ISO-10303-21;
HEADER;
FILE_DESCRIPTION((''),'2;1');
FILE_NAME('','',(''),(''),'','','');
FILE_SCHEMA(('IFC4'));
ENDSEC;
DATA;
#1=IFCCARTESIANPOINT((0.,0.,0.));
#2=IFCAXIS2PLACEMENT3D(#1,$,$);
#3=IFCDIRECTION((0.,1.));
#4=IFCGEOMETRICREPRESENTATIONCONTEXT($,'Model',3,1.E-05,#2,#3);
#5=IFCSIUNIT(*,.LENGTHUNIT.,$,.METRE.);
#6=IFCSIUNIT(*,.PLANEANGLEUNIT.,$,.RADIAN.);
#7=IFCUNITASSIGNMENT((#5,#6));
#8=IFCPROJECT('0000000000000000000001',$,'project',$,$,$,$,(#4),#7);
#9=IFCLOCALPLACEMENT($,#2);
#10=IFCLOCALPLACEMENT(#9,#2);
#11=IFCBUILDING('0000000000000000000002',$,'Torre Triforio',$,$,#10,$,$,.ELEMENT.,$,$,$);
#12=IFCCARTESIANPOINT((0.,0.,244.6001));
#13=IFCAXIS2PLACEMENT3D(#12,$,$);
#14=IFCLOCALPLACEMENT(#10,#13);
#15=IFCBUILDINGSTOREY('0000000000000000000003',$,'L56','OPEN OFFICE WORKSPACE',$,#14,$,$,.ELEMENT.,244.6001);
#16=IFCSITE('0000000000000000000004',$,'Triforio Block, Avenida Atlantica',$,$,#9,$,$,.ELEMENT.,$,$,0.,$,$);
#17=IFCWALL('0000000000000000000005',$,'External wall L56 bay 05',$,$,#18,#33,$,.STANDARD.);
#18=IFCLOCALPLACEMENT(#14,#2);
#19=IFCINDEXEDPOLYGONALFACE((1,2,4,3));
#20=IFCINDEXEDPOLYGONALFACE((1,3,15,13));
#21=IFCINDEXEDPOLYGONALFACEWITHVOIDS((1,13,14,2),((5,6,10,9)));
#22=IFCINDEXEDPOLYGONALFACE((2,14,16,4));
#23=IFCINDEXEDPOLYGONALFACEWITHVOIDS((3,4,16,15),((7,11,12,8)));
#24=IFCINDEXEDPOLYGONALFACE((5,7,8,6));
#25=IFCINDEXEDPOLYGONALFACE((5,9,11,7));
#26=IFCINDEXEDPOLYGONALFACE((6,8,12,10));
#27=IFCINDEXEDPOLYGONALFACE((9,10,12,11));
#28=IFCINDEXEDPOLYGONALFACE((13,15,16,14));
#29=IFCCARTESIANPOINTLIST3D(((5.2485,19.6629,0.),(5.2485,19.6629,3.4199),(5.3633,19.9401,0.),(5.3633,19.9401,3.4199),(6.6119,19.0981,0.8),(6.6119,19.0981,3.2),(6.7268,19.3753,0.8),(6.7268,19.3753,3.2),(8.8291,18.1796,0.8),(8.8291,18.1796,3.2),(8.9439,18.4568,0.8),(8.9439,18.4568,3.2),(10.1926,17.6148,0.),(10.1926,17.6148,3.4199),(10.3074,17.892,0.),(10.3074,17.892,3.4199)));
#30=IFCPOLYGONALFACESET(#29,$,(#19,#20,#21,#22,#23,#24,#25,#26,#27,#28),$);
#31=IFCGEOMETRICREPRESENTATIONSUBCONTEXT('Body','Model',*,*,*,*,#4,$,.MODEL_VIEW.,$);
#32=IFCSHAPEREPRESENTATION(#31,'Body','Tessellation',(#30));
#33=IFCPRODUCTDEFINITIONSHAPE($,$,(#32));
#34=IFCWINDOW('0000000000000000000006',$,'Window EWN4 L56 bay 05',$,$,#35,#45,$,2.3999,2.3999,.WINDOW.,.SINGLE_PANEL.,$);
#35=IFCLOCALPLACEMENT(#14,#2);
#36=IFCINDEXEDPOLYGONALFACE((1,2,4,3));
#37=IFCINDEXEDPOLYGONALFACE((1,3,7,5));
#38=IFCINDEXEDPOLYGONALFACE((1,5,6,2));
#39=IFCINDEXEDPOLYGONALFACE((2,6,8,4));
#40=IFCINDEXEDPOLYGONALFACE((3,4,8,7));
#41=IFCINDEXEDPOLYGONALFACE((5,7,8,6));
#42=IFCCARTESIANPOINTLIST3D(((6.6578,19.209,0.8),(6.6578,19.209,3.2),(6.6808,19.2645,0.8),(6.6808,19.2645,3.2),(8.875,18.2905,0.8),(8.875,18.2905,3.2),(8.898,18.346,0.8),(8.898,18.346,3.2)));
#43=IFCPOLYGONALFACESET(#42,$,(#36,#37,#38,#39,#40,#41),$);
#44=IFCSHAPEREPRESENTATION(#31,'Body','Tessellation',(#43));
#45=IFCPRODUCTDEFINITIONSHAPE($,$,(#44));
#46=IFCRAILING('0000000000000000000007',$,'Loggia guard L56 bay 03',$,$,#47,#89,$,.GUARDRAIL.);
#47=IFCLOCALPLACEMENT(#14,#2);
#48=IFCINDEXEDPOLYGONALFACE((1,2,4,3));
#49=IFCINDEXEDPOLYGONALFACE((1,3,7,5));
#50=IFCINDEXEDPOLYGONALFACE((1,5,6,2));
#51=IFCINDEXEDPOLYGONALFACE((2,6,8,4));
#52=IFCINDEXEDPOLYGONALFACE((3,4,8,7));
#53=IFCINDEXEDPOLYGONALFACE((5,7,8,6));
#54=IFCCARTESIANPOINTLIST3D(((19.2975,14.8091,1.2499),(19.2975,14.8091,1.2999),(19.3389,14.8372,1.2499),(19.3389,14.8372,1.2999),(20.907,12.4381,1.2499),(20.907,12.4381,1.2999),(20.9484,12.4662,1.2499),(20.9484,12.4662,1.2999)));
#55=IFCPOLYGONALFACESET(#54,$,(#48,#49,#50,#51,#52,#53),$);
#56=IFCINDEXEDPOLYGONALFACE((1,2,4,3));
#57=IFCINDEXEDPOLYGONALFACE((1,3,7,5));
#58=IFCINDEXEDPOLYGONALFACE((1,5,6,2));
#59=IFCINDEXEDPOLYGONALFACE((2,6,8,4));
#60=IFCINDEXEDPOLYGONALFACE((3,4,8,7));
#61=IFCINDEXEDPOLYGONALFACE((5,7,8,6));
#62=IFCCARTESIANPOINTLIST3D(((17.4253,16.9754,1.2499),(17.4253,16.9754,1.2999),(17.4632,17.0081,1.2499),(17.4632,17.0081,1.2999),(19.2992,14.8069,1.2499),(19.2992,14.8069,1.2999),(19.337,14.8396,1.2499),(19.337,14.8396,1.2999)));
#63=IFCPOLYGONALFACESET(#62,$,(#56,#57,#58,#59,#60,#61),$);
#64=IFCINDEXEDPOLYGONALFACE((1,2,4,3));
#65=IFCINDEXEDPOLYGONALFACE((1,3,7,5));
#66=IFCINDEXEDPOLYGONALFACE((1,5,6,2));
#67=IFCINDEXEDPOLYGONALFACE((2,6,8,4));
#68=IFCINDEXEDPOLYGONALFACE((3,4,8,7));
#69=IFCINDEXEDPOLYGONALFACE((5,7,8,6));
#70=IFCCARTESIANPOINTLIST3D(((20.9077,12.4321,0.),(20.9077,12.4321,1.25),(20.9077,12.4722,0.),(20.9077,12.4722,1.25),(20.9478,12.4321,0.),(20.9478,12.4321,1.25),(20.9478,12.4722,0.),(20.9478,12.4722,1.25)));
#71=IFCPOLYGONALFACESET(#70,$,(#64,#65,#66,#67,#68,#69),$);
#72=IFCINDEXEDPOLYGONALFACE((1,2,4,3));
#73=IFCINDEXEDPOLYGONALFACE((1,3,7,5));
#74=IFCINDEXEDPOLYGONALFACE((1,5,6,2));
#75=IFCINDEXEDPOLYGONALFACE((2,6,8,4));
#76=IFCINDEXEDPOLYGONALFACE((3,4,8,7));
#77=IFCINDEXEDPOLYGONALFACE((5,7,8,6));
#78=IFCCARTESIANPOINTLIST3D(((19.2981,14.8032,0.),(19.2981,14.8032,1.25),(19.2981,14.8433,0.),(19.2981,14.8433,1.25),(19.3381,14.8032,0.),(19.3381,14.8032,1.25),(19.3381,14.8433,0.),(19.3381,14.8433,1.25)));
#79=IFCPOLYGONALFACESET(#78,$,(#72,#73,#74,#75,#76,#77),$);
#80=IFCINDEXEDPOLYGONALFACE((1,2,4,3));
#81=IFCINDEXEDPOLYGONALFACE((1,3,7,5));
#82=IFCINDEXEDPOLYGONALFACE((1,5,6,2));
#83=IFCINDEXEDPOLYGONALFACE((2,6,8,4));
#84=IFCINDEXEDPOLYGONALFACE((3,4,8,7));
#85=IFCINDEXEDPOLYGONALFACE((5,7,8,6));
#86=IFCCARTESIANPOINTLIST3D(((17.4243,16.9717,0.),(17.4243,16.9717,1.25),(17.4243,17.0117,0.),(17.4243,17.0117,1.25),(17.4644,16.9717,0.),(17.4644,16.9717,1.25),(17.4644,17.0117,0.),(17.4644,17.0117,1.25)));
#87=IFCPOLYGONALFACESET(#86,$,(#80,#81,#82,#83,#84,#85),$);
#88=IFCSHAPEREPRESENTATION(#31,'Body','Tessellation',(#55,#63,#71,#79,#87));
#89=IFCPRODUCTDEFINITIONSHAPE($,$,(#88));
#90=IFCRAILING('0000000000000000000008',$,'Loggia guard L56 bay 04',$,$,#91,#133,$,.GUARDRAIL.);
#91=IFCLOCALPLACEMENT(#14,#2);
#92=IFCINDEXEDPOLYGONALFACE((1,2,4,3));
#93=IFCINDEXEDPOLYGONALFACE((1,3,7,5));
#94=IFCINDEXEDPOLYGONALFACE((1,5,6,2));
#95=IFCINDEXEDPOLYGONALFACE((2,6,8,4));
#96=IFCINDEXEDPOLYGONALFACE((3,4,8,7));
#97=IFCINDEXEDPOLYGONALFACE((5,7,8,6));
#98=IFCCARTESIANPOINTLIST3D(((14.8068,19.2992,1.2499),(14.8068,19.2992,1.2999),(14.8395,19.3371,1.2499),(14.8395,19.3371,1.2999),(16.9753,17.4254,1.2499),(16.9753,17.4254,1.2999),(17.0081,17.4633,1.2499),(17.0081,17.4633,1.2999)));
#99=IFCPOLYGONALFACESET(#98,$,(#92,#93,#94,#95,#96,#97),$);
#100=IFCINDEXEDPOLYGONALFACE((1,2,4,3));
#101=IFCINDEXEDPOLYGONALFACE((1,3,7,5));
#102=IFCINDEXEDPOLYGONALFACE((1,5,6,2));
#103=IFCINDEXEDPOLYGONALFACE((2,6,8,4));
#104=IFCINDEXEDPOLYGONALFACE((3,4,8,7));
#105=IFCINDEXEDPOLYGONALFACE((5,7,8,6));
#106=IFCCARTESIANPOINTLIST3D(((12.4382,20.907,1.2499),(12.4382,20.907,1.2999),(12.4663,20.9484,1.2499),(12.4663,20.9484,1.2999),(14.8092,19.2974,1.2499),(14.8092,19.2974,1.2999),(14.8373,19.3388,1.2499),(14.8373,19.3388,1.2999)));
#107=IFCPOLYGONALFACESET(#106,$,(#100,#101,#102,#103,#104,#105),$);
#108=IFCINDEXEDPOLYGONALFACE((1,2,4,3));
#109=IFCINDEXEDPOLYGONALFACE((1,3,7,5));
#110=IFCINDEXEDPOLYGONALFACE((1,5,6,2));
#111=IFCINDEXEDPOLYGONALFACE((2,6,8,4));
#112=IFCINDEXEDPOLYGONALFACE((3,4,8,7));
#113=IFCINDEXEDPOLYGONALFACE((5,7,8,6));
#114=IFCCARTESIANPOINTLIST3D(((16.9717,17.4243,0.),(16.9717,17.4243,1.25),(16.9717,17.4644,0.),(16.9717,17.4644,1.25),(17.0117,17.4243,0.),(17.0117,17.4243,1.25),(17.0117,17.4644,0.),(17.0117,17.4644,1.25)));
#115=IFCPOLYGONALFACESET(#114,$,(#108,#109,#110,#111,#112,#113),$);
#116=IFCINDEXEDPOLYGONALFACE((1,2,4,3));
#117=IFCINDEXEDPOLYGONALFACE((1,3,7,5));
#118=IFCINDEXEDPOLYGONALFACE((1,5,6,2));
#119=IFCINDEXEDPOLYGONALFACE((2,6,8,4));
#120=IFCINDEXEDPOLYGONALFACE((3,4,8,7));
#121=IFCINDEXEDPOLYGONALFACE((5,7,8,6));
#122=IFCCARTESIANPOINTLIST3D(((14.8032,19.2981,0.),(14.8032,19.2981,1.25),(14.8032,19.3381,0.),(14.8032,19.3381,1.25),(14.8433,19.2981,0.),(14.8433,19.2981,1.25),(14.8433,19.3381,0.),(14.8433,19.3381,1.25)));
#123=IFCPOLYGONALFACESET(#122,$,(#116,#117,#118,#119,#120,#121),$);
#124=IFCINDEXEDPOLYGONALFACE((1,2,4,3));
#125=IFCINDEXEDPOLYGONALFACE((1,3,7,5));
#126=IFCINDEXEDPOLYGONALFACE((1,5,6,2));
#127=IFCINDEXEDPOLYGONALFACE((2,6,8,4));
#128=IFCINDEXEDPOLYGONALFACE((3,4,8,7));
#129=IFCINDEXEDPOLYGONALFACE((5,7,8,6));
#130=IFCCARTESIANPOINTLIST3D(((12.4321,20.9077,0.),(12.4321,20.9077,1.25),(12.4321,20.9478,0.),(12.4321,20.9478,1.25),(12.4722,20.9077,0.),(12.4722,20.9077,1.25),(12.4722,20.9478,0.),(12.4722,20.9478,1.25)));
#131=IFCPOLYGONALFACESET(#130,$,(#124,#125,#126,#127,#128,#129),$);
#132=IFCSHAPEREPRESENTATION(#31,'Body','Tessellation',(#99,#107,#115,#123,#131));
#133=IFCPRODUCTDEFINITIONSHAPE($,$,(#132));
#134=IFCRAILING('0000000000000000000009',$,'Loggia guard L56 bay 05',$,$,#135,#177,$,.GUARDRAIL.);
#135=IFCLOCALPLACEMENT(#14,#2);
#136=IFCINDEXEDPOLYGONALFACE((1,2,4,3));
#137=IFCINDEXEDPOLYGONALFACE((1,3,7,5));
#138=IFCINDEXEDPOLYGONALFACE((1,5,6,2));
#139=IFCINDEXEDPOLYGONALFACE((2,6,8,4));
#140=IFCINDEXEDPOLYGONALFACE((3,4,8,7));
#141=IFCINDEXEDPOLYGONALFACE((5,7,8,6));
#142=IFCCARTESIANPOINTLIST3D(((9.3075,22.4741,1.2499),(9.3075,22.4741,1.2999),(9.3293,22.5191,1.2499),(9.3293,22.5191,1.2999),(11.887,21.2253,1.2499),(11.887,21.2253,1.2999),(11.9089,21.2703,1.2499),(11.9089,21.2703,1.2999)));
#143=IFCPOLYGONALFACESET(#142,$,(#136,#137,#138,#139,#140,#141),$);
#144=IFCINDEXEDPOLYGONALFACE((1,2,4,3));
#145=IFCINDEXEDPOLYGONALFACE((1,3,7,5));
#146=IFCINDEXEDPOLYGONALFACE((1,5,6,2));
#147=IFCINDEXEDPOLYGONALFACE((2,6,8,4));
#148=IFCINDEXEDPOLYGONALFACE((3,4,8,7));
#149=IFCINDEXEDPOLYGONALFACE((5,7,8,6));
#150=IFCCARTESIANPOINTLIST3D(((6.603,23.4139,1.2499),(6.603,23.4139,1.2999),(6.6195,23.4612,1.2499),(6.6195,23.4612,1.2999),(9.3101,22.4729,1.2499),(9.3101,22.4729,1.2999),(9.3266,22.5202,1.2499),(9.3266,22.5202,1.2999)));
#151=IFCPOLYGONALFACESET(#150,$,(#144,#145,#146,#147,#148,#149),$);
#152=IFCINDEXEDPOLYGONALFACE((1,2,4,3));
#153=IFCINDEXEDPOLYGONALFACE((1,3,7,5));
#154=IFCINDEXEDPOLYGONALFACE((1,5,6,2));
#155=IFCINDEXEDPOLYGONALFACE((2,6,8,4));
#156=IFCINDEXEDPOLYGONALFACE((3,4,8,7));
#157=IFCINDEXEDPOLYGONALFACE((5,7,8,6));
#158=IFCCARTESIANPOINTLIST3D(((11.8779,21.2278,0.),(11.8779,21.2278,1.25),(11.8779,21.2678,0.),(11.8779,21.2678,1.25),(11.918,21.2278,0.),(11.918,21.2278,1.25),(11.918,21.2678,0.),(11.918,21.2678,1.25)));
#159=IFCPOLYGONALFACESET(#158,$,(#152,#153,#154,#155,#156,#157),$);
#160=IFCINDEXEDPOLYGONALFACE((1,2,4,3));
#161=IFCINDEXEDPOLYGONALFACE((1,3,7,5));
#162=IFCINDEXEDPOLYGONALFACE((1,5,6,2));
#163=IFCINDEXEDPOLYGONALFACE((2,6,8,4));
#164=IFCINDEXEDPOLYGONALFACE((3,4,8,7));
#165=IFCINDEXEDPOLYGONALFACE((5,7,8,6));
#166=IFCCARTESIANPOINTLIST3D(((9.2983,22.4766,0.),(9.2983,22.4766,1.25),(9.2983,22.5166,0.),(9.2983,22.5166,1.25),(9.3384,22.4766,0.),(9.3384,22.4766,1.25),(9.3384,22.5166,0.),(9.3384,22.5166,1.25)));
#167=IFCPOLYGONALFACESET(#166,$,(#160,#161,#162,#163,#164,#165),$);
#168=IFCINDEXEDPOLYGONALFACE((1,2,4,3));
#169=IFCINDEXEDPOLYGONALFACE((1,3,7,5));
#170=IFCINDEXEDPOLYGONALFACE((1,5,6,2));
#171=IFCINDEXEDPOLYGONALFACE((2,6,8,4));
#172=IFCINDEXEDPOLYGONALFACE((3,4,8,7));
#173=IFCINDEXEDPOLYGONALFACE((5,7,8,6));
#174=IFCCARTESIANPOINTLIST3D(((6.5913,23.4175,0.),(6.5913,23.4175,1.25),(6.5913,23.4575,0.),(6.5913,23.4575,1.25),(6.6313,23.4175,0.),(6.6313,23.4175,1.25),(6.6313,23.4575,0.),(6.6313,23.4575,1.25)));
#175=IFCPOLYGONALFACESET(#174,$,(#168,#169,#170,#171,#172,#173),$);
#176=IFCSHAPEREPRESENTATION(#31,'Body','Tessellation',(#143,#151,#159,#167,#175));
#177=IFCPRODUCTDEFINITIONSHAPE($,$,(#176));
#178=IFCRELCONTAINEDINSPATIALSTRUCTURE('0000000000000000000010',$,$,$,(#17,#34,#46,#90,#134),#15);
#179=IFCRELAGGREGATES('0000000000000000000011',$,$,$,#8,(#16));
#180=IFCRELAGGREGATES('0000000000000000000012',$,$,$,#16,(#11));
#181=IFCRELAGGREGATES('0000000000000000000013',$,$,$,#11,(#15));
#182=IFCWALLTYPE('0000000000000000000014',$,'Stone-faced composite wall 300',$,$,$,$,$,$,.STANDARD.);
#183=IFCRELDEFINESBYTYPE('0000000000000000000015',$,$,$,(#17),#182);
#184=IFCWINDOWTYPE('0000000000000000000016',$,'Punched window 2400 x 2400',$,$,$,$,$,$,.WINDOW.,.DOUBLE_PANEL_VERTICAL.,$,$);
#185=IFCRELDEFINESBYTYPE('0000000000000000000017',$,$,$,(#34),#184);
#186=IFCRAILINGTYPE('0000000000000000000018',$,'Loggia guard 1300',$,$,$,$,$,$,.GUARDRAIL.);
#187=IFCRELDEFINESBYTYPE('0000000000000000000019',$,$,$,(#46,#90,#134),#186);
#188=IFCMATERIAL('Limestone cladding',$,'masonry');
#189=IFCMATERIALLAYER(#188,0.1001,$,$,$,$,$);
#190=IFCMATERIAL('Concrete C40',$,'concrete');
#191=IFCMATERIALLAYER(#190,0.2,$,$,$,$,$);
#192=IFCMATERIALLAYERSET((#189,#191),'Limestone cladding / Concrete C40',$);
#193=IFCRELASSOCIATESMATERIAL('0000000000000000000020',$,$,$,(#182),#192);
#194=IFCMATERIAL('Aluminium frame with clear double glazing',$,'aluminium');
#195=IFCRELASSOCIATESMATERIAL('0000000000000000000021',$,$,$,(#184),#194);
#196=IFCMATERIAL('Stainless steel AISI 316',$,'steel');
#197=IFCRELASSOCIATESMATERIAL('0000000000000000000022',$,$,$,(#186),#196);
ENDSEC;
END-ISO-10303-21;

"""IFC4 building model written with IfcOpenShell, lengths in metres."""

from ifc_helpers import new_model, si_unit, direction, frame, frame_2d, origin, origin_2d, place, context, subcontext, project, spatial, rectangle, extrude, material, layer, layer_set, type_object, element, fill, save


model = new_model("IFC4")

# Units and contexts
model_context = context("Model", 3, precision=1e-05, world=origin(), true_north=direction((0.0, 1.0)))
body_context = subcontext(model_context, "Body", "Model", "MODEL_VIEW")
ifc_project = project(units=[si_unit("LENGTHUNIT", "METRE"), si_unit("PLANEANGLEUNIT", "RADIAN")], contexts=[model_context])

# Site, building, storey
site_placement = place(None, origin())
site = spatial("IfcSite", under=ifc_project, at=site_placement, Name="Triforio Block, Avenida Atlantica", CompositionType="ELEMENT", RefElevation=0.0)
building_placement = place(site_placement, origin())
building = spatial("IfcBuilding", under=site, at=building_placement, Name="Torre Triforio", CompositionType="ELEMENT")
storey_placement = place(building_placement, frame((0.0, 0.0, 244.6001)))
storey = spatial("IfcBuildingStorey", under=building, at=storey_placement, Name="L56", Description="OPEN OFFICE WORKSPACE", CompositionType="ELEMENT", Elevation=244.6001)

# Shared definitions
ifc_material_1 = material(Name="Concrete C40", Category="concrete")

# Shared definitions
ifc_material_2 = material(Name="Limestone cladding", Category="masonry")

# Shared definitions
ifc_layer_1 = layer(ifc_material_2, 0.1001)
ifc_layer_2 = layer(ifc_material_1, 0.2)
ifc_layer_set_1 = layer_set([ifc_layer_1, ifc_layer_2], Name="Limestone cladding / Concrete C40")
wall_type_1 = type_object("IfcWallType", Name="Stone-faced composite wall 300", PredefinedType="STANDARD", material=ifc_layer_set_1)
ifc_material_3 = material(Name="Aluminium frame with clear double glazing", Category="aluminium")
window_type_1 = type_object("IfcWindowType", Name="Punched window 2400 x 2400", PartitioningType="DOUBLE_PANEL_VERTICAL", PredefinedType="WINDOW", material=ifc_material_3)

# Wall, opening, window
wall_1_placement = place(storey_placement, frame((10.25, 17.7534, 0.0), z_axis=(0.0, 0.0, 1.0), x_axis=(-0.923867, 0.382713, 0.0)))
wall_1 = element("IfcWall", 1, at=wall_1_placement, inside=storey, type_object=wall_type_1, Name="External wall L56 bay 05", PredefinedType="STANDARD", context=body_context, shape_type="SweptSolid", body=[
    extrude(rectangle(XDim=5.3516, YDim=0.3, at=frame_2d((2.6758, 0.0))), origin(), (0.0, 0.0, 1.0), 3.4199),
])
opening_1_placement = place(wall_1_placement, frame((1.4758, 0.0, 0.8)))
opening_1 = element("IfcOpeningElement", 2, at=opening_1_placement, cuts=wall_1, PredefinedType="OPENING", context=body_context, shape_type="SweptSolid", body=[
    extrude(rectangle(XDim=2.3999, YDim=2.3999, at=frame_2d((1.2, 1.2))), frame((0.0, 0.1599, 0.0), z_axis=(0.0, -1.0, 0.0), x_axis=(1.0, 0.0, 0.0)), (0.0, 0.0, 1.0), 0.3201),
])
window_1_placement = place(opening_1_placement, origin())
window_1 = element("IfcWindow", 3, at=window_1_placement, inside=storey, type_object=window_type_1, Name="Window EWN4 L56 bay 05", OverallHeight=2.3999, OverallWidth=2.3999, PartitioningType="SINGLE_PANEL", PredefinedType="WINDOW", context=body_context, shape_type="SweptSolid", body=[
    extrude(rectangle(XDim=2.3999, YDim=2.3999, at=frame_2d((1.2, 1.2))), frame((0.0, 0.03, 0.0), z_axis=(0.0, -1.0, 0.0), x_axis=(1.0, 0.0, 0.0)), (0.0, 0.0, 1.0), 0.0601),
])
fill(opening_1, window_1)

# Railings
ifc_material_4 = material(Name="Stainless steel AISI 316", Category="steel")
railing_type = type_object("IfcRailingType", Name="Loggia guard 1300", PredefinedType="GUARDRAIL", material=ifc_material_4)
railing_1_placement = place(storey_placement, frame((20.9277, 12.4521, 0.0)))
element("IfcRailing", 4, at=railing_1_placement, inside=storey, type_object=railing_type, Name="Loggia guard L56 bay 03", PredefinedType="GUARDRAIL", context=body_context, shape_type="SweptSolid", body=[
    extrude(rectangle(XDim=0.05, YDim=0.05, at=origin_2d()), frame((0.0, 0.0, 1.2749), z_axis=(-0.56166, 0.827368, 0.0), x_axis=(-0.827368, -0.56166, 0.0)), (0.0, 0.0, 1.0), 2.8657),
    extrude(rectangle(XDim=0.05, YDim=0.05, at=origin_2d()), frame((-1.6096, 2.3711, 1.2749), z_axis=(-0.653824, 0.756647, 0.0), x_axis=(-0.756647, -0.653824, 0.0)), (0.0, 0.0, 1.0), 2.866),
    extrude(rectangle(XDim=0.04, YDim=0.04, at=origin_2d()), origin(), (0.0, 0.0, 1.0), 1.25),
    extrude(rectangle(XDim=0.04, YDim=0.04, at=origin_2d()), frame((-1.6096, 2.3711, 0.0)), (0.0, 0.0, 1.0), 1.25),
    extrude(rectangle(XDim=0.04, YDim=0.04, at=origin_2d()), frame((-3.4834, 4.5396, 0.0)), (0.0, 0.0, 1.0), 1.25),
])
railing_2_placement = place(storey_placement, frame((16.9917, 17.4443, 0.0)))
element("IfcRailing", 5, at=railing_2_placement, inside=storey, type_object=railing_type, Name="Loggia guard L56 bay 04", PredefinedType="GUARDRAIL", context=body_context, shape_type="SweptSolid", body=[
    extrude(rectangle(XDim=0.05, YDim=0.05, at=origin_2d()), frame((0.0, 0.0, 1.2749), z_axis=(-0.756647, 0.653824, 0.0), x_axis=(-0.653824, -0.756647, 0.0)), (0.0, 0.0, 1.0), 2.866),
    extrude(rectangle(XDim=0.05, YDim=0.05, at=origin_2d()), frame((-2.1685, 1.8738, 1.2749), z_axis=(-0.827368, 0.56166, 0.0), x_axis=(-0.56166, -0.827368, 0.0)), (0.0, 0.0, 1.0), 2.8657),
    extrude(rectangle(XDim=0.04, YDim=0.04, at=origin_2d()), origin(), (0.0, 0.0, 1.0), 1.25),
    extrude(rectangle(XDim=0.04, YDim=0.04, at=origin_2d()), frame((-2.1685, 1.8738, 0.0)), (0.0, 0.0, 1.0), 1.25),
    extrude(rectangle(XDim=0.04, YDim=0.04, at=origin_2d()), frame((-4.5396, 3.4834, 0.0)), (0.0, 0.0, 1.0), 1.25),
])
railing_3_placement = place(storey_placement, frame((11.8979, 21.2478, 0.0)))
element("IfcRailing", 6, at=railing_3_placement, inside=storey, type_object=railing_type, Name="Loggia guard L56 bay 05", PredefinedType="GUARDRAIL", context=body_context, shape_type="SweptSolid", body=[
    extrude(rectangle(XDim=0.05, YDim=0.05, at=origin_2d()), frame((0.0, 0.0, 1.2749), z_axis=(-0.900078, 0.435728, 0.0), x_axis=(-0.435728, -0.900078, 0.0)), (0.0, 0.0, 1.0), 2.866),
    extrude(rectangle(XDim=0.05, YDim=0.05, at=origin_2d()), frame((-2.5796, 1.2488, 1.2749), z_axis=(-0.944568, 0.328316, 0.0), x_axis=(-0.328316, -0.944568, 0.0)), (0.0, 0.0, 1.0), 2.866),
    extrude(rectangle(XDim=0.04, YDim=0.04, at=origin_2d()), origin(), (0.0, 0.0, 1.0), 1.25),
    extrude(rectangle(XDim=0.04, YDim=0.04, at=origin_2d()), frame((-2.5796, 1.2488, 0.0)), (0.0, 0.0, 1.0), 1.25),
    extrude(rectangle(XDim=0.04, YDim=0.04, at=origin_2d()), frame((-5.2866, 2.1897, 0.0)), (0.0, 0.0, 1.0), 1.25),
])

save(model, "model.ifc")
